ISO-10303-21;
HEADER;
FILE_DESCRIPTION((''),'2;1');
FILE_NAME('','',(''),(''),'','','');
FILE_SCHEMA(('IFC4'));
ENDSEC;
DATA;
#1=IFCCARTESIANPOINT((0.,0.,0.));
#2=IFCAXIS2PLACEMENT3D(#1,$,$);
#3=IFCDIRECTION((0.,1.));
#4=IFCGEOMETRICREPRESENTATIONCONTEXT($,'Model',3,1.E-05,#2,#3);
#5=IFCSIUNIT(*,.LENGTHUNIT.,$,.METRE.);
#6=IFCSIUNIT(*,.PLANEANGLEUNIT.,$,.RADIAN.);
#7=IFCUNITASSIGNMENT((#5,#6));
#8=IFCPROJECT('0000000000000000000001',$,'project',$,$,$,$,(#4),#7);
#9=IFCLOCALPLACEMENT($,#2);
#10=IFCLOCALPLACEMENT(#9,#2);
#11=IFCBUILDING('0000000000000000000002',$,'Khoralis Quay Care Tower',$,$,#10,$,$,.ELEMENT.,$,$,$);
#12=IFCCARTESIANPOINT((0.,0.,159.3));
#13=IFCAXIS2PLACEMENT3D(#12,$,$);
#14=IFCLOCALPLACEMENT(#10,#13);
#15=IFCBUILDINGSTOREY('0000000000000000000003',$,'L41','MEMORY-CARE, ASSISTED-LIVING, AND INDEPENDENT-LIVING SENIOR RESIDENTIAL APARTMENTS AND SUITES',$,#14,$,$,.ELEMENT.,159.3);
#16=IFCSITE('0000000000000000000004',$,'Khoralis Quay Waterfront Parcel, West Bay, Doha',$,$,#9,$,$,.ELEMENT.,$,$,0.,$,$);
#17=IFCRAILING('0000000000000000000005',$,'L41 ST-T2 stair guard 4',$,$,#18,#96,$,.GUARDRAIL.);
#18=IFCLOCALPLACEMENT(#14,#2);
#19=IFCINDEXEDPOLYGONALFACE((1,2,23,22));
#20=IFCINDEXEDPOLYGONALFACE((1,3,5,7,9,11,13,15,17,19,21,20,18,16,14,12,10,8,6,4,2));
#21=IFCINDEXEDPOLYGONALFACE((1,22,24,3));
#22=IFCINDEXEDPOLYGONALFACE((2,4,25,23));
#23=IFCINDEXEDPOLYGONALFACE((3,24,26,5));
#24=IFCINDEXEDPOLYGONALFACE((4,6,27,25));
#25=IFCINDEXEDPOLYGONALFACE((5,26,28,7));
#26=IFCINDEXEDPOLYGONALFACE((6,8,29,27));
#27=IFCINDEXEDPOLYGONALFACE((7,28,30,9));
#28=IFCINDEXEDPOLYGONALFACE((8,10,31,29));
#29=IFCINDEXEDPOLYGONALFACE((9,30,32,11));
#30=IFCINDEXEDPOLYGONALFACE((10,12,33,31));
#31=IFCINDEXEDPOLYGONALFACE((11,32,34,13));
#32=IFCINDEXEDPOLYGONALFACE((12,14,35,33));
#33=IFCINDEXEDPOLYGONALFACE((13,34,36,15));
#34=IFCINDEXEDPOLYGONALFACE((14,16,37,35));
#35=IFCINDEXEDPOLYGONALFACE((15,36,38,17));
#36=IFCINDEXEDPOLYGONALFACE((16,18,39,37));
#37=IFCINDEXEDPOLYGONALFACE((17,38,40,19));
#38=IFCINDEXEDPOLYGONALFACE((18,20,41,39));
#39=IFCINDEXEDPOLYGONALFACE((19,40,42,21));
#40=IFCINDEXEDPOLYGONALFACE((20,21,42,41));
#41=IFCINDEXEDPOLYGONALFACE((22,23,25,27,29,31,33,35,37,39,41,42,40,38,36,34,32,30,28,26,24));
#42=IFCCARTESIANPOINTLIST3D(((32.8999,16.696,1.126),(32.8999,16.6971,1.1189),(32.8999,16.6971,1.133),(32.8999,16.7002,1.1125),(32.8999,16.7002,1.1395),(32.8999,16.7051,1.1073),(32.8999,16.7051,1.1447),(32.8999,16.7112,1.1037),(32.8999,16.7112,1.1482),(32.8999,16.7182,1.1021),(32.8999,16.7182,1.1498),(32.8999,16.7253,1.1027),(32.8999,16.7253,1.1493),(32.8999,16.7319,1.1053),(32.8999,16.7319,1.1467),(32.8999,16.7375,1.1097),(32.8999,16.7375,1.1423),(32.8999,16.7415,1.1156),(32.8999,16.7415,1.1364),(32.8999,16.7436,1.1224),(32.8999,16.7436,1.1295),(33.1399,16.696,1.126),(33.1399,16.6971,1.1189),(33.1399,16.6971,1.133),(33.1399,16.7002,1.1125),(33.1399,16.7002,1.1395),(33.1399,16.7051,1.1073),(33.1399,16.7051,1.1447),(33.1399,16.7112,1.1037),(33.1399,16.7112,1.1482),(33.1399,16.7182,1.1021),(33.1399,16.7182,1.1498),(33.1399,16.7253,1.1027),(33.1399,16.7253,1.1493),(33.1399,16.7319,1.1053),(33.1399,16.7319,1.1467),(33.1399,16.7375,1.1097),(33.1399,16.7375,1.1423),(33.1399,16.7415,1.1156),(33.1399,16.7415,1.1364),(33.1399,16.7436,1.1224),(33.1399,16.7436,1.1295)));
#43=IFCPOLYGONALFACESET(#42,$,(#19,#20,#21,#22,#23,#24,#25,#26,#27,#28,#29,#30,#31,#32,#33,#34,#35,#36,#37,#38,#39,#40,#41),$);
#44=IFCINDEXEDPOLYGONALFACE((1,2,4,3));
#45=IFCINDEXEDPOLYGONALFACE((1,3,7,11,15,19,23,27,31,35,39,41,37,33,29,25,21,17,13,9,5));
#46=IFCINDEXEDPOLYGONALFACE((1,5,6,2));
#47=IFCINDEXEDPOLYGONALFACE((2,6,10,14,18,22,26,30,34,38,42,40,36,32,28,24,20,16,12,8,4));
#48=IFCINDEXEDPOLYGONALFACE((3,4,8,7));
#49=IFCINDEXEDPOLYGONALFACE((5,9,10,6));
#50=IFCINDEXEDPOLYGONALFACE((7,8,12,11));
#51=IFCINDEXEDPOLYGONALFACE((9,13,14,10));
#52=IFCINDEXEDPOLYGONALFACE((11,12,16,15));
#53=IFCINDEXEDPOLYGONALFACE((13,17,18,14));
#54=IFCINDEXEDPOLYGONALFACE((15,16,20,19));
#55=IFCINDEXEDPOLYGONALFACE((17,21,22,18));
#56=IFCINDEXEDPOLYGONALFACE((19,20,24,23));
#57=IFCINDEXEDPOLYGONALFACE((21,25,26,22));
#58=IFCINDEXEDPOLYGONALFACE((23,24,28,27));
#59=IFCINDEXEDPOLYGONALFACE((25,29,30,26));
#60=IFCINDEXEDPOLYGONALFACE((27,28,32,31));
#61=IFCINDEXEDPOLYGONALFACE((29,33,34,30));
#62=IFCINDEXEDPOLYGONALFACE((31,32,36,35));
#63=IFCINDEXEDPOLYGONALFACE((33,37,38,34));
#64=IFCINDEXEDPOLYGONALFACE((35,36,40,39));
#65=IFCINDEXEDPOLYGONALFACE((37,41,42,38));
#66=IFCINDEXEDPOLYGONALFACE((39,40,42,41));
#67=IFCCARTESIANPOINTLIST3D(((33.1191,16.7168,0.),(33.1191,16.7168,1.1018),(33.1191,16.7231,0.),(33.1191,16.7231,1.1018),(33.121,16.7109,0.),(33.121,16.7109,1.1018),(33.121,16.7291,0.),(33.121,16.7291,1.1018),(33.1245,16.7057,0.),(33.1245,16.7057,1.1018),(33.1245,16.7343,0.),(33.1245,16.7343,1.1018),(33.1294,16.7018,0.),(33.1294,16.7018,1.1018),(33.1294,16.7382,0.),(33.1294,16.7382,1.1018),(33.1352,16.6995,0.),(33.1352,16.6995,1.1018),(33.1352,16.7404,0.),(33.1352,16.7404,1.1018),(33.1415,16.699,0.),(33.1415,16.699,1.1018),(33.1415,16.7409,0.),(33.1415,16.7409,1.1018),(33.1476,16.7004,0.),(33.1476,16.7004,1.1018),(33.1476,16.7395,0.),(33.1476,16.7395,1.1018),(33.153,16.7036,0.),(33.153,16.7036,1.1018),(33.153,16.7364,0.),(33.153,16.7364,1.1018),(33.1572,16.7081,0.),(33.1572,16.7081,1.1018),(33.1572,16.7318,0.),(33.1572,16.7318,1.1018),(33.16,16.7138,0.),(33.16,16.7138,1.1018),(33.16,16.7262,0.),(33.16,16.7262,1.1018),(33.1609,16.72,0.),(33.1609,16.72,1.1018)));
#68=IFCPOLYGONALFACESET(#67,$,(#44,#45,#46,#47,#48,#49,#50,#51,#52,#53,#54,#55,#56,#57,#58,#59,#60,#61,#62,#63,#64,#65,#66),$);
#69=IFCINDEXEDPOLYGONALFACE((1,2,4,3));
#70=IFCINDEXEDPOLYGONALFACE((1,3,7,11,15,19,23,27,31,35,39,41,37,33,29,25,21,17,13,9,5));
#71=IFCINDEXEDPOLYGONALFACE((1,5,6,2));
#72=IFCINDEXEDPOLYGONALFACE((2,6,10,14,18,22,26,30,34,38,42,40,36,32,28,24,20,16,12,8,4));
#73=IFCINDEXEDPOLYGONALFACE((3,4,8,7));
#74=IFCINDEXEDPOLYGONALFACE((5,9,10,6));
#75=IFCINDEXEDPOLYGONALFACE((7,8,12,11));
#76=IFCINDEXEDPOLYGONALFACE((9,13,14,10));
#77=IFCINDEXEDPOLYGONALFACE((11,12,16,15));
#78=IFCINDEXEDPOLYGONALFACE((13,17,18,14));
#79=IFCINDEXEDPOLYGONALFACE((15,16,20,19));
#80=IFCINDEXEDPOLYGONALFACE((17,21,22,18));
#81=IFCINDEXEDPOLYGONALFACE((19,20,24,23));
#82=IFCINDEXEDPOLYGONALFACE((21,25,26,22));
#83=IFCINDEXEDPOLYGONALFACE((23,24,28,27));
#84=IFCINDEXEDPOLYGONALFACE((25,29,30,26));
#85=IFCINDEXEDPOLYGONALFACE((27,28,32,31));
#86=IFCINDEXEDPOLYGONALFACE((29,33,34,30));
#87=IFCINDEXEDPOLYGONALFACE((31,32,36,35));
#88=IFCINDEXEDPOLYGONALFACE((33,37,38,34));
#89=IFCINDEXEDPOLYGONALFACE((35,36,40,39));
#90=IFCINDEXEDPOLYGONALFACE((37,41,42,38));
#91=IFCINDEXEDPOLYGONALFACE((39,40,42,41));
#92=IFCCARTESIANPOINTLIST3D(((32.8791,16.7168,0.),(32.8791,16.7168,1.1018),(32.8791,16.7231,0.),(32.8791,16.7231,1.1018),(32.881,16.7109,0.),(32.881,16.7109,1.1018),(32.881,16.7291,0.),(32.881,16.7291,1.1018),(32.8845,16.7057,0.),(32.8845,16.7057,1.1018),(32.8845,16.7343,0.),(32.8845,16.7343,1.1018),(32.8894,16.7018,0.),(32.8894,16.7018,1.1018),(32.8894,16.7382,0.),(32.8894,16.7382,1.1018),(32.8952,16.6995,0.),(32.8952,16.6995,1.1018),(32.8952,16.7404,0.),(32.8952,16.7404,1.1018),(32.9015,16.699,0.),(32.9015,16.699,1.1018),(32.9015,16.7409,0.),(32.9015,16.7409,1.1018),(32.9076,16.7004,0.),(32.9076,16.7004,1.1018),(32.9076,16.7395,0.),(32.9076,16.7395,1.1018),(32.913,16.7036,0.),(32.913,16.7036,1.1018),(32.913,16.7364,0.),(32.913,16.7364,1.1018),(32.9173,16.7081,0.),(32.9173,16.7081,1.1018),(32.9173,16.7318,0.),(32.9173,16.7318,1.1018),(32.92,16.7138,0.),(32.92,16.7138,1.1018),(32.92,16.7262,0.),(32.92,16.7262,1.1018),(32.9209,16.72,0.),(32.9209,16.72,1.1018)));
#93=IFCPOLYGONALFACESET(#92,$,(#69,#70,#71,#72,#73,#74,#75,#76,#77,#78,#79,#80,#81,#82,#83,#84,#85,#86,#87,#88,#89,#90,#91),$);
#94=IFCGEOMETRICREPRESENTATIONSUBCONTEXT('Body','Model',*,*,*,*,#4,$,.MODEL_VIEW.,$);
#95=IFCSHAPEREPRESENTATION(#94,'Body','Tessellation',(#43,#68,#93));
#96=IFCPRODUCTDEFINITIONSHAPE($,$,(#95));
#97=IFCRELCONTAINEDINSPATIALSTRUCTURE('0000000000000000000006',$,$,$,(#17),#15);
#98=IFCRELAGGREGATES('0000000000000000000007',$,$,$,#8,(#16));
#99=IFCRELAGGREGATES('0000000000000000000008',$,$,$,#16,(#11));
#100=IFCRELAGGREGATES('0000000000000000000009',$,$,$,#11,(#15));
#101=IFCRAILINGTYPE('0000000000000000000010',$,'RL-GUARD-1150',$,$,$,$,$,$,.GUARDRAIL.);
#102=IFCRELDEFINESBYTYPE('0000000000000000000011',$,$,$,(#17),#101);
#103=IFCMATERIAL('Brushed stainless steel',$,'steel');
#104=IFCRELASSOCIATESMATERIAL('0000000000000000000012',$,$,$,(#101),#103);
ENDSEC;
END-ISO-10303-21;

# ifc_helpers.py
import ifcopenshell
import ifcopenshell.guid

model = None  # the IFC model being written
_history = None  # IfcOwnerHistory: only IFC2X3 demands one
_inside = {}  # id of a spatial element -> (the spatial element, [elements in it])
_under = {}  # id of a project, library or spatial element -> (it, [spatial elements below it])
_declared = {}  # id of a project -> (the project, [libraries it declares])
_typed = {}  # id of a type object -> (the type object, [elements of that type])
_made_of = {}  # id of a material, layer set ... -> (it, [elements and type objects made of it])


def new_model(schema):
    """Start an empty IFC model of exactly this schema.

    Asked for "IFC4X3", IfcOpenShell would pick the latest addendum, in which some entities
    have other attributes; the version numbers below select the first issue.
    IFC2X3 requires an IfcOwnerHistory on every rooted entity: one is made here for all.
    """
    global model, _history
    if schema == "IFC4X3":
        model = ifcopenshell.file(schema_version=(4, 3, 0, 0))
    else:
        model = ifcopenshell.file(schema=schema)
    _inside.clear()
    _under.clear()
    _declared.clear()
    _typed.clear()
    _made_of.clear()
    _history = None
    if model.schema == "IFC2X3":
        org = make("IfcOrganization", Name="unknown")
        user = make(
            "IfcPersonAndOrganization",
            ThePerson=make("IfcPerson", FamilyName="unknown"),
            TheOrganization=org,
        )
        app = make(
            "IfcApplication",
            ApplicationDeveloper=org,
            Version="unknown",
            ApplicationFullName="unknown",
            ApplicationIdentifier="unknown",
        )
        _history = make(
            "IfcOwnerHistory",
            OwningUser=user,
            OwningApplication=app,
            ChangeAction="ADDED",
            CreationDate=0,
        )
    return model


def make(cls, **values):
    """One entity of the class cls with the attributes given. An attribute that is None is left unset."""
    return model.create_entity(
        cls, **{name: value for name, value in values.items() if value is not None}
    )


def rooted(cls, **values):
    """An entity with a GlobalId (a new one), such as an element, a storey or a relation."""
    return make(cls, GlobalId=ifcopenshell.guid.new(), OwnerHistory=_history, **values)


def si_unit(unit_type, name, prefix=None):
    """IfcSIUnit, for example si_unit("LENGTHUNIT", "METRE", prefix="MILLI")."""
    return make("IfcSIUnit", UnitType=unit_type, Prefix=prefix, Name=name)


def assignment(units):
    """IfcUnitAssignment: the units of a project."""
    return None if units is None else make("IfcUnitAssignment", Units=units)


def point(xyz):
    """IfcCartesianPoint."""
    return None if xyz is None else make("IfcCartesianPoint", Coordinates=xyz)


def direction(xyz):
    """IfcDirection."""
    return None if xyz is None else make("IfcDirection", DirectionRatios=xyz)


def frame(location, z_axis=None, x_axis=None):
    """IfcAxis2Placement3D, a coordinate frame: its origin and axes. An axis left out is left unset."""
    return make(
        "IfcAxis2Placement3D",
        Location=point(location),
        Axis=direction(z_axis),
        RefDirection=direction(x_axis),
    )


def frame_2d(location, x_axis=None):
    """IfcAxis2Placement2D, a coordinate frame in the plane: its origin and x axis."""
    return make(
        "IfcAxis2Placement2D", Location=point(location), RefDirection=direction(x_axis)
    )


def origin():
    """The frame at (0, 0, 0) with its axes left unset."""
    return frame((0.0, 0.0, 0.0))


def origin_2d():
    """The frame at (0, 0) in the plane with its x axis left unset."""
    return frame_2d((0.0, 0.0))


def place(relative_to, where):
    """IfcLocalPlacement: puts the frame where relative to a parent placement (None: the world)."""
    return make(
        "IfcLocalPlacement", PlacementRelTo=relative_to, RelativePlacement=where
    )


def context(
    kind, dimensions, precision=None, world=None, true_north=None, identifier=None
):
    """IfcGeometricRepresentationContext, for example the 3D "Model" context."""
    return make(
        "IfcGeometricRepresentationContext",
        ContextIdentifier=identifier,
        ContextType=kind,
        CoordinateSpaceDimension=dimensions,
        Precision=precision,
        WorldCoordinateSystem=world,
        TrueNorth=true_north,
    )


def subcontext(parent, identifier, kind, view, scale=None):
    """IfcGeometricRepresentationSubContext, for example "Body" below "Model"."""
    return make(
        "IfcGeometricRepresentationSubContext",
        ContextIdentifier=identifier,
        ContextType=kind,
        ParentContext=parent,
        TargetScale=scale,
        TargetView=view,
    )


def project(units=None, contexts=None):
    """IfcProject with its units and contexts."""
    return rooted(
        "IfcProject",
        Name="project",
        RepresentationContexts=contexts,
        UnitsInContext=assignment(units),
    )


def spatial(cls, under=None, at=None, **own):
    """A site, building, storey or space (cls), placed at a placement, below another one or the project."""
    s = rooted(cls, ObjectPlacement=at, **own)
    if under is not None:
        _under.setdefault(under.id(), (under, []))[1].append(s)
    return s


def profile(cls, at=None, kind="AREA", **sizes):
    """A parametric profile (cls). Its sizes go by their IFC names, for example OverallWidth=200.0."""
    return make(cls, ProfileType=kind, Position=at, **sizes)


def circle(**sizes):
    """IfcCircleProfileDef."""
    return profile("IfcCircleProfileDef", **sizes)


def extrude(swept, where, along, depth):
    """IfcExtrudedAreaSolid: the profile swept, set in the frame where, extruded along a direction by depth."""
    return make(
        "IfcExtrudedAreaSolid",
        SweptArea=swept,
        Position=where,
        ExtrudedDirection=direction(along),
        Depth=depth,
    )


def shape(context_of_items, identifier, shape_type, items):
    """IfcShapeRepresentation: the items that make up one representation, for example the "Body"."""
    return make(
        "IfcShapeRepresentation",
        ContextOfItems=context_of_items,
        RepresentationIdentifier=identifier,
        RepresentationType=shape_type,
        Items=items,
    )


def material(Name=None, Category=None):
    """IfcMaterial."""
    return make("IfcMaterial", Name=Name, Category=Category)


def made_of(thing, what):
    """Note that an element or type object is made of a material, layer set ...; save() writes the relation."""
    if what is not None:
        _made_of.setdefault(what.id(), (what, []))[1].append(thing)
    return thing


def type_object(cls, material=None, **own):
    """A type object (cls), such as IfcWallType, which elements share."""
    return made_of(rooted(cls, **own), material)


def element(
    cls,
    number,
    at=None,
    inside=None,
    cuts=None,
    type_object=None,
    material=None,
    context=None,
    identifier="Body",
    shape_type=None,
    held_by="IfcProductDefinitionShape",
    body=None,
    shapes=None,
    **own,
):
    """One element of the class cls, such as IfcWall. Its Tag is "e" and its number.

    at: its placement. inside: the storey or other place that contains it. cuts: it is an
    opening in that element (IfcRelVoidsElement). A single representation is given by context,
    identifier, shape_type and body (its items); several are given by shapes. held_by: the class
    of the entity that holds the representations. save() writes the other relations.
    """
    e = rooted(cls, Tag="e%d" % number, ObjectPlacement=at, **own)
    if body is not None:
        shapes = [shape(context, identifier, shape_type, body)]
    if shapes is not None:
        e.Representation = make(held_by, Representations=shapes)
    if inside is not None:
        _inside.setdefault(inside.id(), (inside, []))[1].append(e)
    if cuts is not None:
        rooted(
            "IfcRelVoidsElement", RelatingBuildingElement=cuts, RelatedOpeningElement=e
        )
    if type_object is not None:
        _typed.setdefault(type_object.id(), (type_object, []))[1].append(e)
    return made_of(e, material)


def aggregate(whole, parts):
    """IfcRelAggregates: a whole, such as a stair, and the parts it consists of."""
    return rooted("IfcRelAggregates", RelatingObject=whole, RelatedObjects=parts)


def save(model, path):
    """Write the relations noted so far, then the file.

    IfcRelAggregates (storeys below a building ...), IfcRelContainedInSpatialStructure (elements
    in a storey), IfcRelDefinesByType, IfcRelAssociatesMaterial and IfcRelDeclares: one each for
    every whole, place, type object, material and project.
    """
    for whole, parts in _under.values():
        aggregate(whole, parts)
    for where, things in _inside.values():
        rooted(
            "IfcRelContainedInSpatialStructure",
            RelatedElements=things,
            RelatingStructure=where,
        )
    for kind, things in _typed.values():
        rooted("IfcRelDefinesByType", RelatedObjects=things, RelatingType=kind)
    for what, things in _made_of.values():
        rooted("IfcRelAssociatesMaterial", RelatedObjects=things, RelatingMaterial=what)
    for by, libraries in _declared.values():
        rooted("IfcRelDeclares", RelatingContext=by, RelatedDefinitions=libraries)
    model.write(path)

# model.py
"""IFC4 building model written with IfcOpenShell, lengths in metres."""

from ifc_helpers import new_model, si_unit, direction, frame, origin, origin_2d, place, context, subcontext, project, spatial, circle, extrude, material, type_object, element, save


model = new_model("IFC4")

# Units and contexts
model_context = context("Model", 3, precision=1e-05, world=origin(), true_north=direction((0.0, 1.0)))
body_context = subcontext(model_context, "Body", "Model", "MODEL_VIEW")
ifc_project = project(units=[si_unit("LENGTHUNIT", "METRE"), si_unit("PLANEANGLEUNIT", "RADIAN")], contexts=[model_context])

# Site, building, storey
site_placement = place(None, origin())
site = spatial("IfcSite", under=ifc_project, at=site_placement, Name="Khoralis Quay Waterfront Parcel, West Bay, Doha", CompositionType="ELEMENT", RefElevation=0.0)
building_placement = place(site_placement, origin())
building = spatial("IfcBuilding", under=site, at=building_placement, Name="Khoralis Quay Care Tower", CompositionType="ELEMENT")
storey_placement = place(building_placement, frame((0.0, 0.0, 159.3)))
storey = spatial("IfcBuildingStorey", under=building, at=storey_placement, Name="L41", Description="MEMORY-CARE, ASSISTED-LIVING, AND INDEPENDENT-LIVING SENIOR RESIDENTIAL APARTMENTS AND SUITES", CompositionType="ELEMENT", Elevation=159.3)

# Shared definitions
ifc_material_1 = material(Name="Brushed stainless steel", Category="steel")

# Railing
railing_type = type_object("IfcRailingType", Name="RL-GUARD-1150", PredefinedType="GUARDRAIL", material=ifc_material_1)
railing_1_placement = place(storey_placement, frame((33.1399, 16.72, 0.0)))
element("IfcRailing", 1, at=railing_1_placement, inside=storey, type_object=railing_type, Name="L41 ST-T2 stair guard 4", PredefinedType="GUARDRAIL", context=body_context, shape_type="SweptSolid", body=[
    extrude(circle(Radius=0.0239, at=origin_2d()), frame((0.0, 0.0, 1.126), z_axis=(-1.0, 0.0, 0.0), x_axis=(0.0, -1.0, 0.0)), (0.0, 0.0, 1.0), 0.24),
    extrude(circle(Radius=0.021, at=origin_2d()), origin(), (0.0, 0.0, 1.0), 1.1018),
    extrude(circle(Radius=0.021, at=origin_2d()), frame((-0.24, 0.0, 0.0)), (0.0, 0.0, 1.0), 1.1018),
])

save(model, "model.ifc")
